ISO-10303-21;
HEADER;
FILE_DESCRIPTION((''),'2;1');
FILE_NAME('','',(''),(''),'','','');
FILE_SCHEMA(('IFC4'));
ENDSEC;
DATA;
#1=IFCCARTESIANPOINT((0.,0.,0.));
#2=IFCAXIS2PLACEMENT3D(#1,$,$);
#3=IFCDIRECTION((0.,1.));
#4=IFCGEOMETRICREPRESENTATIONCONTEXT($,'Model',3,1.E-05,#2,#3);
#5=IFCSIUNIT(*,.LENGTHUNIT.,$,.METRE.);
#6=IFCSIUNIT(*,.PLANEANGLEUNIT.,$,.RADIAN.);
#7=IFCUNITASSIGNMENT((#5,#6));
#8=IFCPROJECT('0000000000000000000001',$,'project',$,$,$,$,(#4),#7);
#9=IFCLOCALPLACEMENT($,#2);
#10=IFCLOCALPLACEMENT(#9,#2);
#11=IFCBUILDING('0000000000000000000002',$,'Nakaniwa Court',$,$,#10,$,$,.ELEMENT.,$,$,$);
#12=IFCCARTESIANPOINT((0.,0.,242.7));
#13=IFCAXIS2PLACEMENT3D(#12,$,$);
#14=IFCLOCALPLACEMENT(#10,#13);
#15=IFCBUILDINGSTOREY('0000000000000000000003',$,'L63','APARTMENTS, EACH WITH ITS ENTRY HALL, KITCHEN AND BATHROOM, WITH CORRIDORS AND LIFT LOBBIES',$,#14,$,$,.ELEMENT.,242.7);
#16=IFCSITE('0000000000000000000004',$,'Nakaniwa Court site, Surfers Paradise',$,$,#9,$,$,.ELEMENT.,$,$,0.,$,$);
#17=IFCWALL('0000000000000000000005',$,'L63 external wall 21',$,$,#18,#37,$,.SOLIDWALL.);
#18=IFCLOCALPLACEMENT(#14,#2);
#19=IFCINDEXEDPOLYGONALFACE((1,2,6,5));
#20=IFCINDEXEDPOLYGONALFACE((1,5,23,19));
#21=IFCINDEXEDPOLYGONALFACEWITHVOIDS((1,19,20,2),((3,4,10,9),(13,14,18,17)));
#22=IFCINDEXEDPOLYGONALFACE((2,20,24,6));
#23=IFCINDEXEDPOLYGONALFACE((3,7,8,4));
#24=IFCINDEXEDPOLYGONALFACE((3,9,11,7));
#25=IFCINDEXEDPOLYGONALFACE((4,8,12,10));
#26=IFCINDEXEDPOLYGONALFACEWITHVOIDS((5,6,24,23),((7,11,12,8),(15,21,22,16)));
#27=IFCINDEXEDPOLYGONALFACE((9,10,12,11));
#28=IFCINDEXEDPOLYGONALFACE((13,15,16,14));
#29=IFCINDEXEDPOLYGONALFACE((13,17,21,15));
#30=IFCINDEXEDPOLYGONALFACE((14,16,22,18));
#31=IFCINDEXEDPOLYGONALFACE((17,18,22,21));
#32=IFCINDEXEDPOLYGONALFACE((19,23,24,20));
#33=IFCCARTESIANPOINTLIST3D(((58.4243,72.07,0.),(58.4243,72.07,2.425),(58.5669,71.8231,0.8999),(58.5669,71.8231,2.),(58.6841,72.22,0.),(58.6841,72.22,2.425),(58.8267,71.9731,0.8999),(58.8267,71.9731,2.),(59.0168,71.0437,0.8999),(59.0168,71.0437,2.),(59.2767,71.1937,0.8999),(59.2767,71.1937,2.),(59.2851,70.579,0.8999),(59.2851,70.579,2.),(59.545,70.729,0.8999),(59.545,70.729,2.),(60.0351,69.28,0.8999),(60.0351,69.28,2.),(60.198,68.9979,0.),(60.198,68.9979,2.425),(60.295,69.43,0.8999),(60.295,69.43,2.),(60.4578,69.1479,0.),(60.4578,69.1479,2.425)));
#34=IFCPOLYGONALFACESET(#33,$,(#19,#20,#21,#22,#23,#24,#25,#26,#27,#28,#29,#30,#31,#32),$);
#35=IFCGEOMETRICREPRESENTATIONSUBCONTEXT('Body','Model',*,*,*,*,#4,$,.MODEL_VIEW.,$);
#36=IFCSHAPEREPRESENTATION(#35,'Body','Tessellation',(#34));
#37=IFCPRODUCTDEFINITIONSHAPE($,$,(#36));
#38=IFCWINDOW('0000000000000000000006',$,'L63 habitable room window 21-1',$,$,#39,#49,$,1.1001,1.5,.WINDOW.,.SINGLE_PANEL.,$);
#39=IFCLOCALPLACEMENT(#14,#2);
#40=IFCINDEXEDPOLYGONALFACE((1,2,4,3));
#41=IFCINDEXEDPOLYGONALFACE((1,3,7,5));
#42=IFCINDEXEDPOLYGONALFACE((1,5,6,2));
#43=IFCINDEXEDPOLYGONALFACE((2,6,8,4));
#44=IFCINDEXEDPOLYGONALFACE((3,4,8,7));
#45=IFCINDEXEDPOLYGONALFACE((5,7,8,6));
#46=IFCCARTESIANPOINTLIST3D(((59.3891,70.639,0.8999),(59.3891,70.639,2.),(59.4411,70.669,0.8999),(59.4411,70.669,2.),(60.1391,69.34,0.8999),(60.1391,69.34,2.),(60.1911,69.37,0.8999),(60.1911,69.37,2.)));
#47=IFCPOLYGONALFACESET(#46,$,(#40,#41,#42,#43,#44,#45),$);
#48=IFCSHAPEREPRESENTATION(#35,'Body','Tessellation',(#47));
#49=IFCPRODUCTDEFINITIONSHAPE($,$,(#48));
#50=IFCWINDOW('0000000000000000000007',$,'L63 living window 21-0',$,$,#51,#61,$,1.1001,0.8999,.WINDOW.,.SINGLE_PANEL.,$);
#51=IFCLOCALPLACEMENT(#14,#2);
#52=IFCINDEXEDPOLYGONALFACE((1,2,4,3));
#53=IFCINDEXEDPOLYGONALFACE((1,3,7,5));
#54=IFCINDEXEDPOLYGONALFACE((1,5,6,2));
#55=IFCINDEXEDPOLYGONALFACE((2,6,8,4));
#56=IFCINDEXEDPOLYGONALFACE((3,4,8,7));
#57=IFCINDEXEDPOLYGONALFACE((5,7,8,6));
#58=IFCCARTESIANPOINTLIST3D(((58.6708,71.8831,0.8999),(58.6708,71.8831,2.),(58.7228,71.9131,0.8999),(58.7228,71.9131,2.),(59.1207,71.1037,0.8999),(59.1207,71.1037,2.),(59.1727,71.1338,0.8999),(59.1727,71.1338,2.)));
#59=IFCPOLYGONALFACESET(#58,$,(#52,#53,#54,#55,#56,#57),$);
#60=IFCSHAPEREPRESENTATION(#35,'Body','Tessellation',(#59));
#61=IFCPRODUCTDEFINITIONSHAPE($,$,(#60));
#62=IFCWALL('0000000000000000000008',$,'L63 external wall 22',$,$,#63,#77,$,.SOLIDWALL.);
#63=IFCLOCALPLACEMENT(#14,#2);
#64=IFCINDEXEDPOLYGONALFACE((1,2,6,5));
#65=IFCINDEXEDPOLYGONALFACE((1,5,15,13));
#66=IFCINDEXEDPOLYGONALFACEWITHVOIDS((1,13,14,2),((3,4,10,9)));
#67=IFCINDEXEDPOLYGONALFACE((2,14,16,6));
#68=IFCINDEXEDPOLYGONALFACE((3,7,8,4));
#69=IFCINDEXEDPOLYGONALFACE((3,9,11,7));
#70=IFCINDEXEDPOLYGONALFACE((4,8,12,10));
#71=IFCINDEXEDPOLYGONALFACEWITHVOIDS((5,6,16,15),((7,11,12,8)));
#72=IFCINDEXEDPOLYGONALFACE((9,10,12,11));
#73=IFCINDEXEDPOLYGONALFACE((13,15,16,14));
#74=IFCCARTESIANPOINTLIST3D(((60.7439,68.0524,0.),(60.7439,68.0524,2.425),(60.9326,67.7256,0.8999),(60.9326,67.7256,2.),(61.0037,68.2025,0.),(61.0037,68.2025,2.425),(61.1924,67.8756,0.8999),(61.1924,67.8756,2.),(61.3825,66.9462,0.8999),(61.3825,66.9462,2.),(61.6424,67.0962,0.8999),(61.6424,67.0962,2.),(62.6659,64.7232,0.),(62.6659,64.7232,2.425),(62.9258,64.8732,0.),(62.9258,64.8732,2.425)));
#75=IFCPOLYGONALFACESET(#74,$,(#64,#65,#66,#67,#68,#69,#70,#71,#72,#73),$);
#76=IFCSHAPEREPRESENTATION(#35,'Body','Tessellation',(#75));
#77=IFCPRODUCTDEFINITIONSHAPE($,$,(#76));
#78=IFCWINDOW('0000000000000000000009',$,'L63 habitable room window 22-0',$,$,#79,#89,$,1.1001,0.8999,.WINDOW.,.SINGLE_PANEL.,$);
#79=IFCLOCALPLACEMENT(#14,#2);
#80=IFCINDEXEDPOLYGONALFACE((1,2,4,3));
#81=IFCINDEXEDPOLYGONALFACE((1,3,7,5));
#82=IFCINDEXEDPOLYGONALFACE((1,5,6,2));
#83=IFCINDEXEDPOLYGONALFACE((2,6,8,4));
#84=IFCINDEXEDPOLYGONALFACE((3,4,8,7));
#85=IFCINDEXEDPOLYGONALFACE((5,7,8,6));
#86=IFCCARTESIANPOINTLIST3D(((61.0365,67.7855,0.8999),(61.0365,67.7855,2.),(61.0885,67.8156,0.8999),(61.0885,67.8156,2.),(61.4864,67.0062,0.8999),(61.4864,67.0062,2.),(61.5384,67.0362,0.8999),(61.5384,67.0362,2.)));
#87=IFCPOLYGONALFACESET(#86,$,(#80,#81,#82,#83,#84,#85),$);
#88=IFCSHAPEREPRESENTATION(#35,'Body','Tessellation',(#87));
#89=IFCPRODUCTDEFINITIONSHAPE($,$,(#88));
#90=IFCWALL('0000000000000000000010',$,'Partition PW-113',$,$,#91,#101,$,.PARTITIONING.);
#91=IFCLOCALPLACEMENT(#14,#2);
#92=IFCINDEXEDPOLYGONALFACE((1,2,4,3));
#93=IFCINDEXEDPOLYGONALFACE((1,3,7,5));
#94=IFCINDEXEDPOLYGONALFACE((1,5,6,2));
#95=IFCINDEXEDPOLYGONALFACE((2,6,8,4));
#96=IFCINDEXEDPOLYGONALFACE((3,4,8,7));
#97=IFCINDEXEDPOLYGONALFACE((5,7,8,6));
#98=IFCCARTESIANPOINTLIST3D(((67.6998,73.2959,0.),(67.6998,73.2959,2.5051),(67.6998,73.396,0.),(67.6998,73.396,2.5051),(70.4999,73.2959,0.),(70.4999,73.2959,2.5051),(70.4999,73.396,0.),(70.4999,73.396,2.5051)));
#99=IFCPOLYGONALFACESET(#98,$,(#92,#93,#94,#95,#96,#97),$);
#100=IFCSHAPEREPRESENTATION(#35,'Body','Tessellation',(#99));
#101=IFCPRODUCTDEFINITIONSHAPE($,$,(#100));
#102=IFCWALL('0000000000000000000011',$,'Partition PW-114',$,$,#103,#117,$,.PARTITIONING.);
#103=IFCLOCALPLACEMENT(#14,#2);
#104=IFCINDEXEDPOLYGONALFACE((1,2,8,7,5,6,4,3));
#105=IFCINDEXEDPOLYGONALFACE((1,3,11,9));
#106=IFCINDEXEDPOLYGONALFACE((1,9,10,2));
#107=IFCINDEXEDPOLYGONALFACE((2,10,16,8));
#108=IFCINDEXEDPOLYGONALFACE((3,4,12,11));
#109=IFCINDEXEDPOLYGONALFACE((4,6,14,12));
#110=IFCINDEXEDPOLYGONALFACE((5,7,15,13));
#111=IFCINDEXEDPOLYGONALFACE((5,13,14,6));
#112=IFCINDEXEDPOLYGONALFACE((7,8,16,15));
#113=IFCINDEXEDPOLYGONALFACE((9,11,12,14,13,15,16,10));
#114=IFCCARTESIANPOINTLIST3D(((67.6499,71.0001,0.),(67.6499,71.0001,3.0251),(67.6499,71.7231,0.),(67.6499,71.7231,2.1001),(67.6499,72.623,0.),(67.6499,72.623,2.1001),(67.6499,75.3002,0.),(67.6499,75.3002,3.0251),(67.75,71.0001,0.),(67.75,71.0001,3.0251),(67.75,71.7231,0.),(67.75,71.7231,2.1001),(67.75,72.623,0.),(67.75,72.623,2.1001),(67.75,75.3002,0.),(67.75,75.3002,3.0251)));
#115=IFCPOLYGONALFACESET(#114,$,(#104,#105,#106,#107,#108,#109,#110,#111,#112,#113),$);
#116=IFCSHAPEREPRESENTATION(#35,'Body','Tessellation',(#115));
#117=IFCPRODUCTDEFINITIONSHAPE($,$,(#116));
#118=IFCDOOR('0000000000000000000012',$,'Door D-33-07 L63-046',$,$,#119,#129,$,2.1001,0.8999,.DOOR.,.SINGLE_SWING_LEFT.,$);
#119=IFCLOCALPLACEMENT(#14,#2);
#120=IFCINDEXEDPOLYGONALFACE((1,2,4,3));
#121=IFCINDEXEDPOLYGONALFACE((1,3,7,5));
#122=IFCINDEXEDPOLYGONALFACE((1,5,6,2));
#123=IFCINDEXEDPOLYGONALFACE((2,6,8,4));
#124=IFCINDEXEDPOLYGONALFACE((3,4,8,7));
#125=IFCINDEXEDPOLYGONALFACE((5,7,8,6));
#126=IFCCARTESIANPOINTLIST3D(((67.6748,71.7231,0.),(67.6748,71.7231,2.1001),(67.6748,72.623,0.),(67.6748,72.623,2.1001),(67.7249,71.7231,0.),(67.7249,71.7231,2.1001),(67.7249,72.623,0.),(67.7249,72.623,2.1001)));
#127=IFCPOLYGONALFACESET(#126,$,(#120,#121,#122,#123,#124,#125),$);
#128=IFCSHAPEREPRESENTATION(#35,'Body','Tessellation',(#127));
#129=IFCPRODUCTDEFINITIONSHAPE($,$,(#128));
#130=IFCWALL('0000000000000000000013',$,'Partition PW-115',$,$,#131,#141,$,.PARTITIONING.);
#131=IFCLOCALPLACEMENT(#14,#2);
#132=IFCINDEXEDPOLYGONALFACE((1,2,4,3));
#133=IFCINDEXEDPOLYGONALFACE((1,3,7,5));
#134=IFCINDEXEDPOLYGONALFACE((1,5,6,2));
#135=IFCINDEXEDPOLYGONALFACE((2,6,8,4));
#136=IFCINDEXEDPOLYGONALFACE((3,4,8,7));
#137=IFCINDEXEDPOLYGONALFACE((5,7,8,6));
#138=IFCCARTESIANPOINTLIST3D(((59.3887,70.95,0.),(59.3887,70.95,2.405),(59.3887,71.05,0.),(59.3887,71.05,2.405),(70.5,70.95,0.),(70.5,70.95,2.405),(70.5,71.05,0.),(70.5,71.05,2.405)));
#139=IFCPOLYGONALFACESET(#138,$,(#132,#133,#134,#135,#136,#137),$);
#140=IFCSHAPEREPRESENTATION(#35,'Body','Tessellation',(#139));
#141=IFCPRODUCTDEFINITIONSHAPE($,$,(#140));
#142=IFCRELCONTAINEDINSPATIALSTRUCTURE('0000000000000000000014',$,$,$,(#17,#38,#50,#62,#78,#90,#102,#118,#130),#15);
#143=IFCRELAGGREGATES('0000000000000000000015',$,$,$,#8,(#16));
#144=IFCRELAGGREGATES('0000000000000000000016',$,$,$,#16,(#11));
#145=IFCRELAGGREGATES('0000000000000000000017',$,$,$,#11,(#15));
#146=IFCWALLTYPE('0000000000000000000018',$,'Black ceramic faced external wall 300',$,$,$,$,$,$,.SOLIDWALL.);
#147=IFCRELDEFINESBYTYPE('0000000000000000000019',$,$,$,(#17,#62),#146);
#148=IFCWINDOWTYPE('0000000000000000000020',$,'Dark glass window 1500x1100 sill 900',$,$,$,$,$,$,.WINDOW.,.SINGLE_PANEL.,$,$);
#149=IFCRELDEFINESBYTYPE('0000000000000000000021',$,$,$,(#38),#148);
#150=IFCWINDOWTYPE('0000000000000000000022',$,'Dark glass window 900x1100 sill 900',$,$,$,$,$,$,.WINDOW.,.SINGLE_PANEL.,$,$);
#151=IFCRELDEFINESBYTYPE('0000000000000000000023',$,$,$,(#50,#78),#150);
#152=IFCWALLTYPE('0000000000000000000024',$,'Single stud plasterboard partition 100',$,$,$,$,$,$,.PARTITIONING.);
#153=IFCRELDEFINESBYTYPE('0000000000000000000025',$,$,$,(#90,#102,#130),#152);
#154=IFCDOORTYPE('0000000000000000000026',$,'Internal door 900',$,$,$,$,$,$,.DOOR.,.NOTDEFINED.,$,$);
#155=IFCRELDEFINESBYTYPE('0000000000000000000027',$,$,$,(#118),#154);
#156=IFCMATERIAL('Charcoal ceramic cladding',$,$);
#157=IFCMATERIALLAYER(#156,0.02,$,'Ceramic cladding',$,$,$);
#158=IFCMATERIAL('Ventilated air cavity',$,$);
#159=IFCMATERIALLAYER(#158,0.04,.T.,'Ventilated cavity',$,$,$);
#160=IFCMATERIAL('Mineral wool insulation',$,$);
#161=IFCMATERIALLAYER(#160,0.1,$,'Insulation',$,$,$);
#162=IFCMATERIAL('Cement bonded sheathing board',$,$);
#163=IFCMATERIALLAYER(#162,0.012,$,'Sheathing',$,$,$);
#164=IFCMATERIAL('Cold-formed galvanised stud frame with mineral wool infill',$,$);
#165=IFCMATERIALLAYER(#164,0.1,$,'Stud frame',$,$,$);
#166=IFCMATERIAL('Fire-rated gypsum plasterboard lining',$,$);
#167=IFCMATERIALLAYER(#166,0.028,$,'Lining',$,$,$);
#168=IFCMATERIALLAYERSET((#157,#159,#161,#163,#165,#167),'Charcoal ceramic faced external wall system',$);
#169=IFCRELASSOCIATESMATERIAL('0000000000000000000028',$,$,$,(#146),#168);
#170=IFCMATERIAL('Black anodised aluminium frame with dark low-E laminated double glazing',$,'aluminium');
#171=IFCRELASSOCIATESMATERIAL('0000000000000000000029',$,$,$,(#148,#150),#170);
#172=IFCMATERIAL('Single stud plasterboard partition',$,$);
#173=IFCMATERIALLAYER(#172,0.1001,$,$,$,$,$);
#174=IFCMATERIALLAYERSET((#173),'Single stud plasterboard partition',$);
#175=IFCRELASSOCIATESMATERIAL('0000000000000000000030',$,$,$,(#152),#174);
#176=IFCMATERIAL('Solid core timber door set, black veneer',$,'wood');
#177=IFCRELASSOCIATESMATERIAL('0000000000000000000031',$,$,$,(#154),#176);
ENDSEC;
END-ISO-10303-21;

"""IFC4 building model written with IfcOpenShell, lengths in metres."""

from ifc_helpers import new_model, si_unit, direction, frame, frame_2d, origin, place, context, subcontext, project, spatial, rectangle, extrude, material, layer, layer_set, type_object, element, fill, save


model = new_model("IFC4")

# Units and contexts
model_context = context("Model", 3, precision=1e-05, world=origin(), true_north=direction((0.0, 1.0)))
body_context = subcontext(model_context, "Body", "Model", "MODEL_VIEW")
ifc_project = project(units=[si_unit("LENGTHUNIT", "METRE"), si_unit("PLANEANGLEUNIT", "RADIAN")], contexts=[model_context])

# Site, building, storey
site_placement = place(None, origin())
site = spatial("IfcSite", under=ifc_project, at=site_placement, Name="Nakaniwa Court site, Surfers Paradise", CompositionType="ELEMENT", RefElevation=0.0)
building_placement = place(site_placement, origin())
building = spatial("IfcBuilding", under=site, at=building_placement, Name="Nakaniwa Court", CompositionType="ELEMENT")
storey_placement = place(building_placement, frame((0.0, 0.0, 242.7)))
storey = spatial("IfcBuildingStorey", under=building, at=storey_placement, Name="L63", Description="APARTMENTS, EACH WITH ITS ENTRY HALL, KITCHEN AND BATHROOM, WITH CORRIDORS AND LIFT LOBBIES", CompositionType="ELEMENT", Elevation=242.7)

# Shared definitions
ifc_material_1 = material(Name="Charcoal ceramic cladding")
ifc_layer_1 = layer(ifc_material_1, 0.02, Name="Ceramic cladding")
ifc_material_2 = material(Name="Ventilated air cavity")
ifc_layer_2 = layer(ifc_material_2, 0.04, ventilated=True, Name="Ventilated cavity")
ifc_material_3 = material(Name="Mineral wool insulation")
ifc_layer_3 = layer(ifc_material_3, 0.1, Name="Insulation")
ifc_material_4 = material(Name="Cement bonded sheathing board")
ifc_layer_4 = layer(ifc_material_4, 0.012, Name="Sheathing")
ifc_material_5 = material(Name="Cold-formed galvanised stud frame with mineral wool infill")
ifc_layer_5 = layer(ifc_material_5, 0.1, Name="Stud frame")
ifc_material_6 = material(Name="Fire-rated gypsum plasterboard lining")
ifc_layer_6 = layer(ifc_material_6, 0.028, Name="Lining")
ifc_layer_set_1 = layer_set([ifc_layer_1, ifc_layer_2, ifc_layer_3, ifc_layer_4, ifc_layer_5, ifc_layer_6], Name="Charcoal ceramic faced external wall system")
wall_type_1 = type_object("IfcWallType", Name="Black ceramic faced external wall 300", PredefinedType="SOLIDWALL", material=ifc_layer_set_1)

# Shared definitions
ifc_material_7 = material(Name="Black anodised aluminium frame with dark low-E laminated double glazing", Category="aluminium")

# Wall, openings, windows
wall_1_placement = place(storey_placement, frame((58.5542, 72.145, 0.0), z_axis=(0.0, 0.0, 1.0), x_axis=(0.50001, -0.866019, 0.0)))
wall_1 = element("IfcWall", 1, at=wall_1_placement, inside=storey, type_object=wall_type_1, Name="L63 external wall 21", PredefinedType="SOLIDWALL", context=body_context, shape_type="SweptSolid", body=[
    extrude(rectangle(XDim=3.5474, YDim=0.3, at=frame_2d((1.7737, 0.0))), origin(), (0.0, 0.0, 1.0), 2.425),
])
opening_1_placement = place(wall_1_placement, frame((0.2852, 0.0, 0.8999)))
opening_1 = element("IfcOpeningElement", 2, at=opening_1_placement, cuts=wall_1, PredefinedType="OPENING", context=body_context, shape_type="SweptSolid", body=[
    extrude(rectangle(XDim=0.8999, YDim=1.1001, at=frame_2d((0.45, 0.55))), frame((0.0, 0.1599, 0.0), z_axis=(0.0, -1.0, 0.0), x_axis=(1.0, 0.0, 0.0)), (0.0, 0.0, 1.0), 0.3201),
])
opening_2_placement = place(wall_1_placement, frame((1.7217, 0.0, 0.8999)))
opening_2 = element("IfcOpeningElement", 3, at=opening_2_placement, cuts=wall_1, PredefinedType="OPENING", context=body_context, shape_type="SweptSolid", body=[
    extrude(rectangle(XDim=1.5, YDim=1.1001, at=frame_2d((0.75, 0.55))), frame((0.0, 0.1599, 0.0), z_axis=(0.0, -1.0, 0.0), x_axis=(1.0, 0.0, 0.0)), (0.0, 0.0, 1.0), 0.3201),
])
window_type_1 = type_object("IfcWindowType", Name="Dark glass window 1500x1100 sill 900", PartitioningType="SINGLE_PANEL", PredefinedType="WINDOW", material=ifc_material_7)
window_1_placement = place(opening_2_placement, origin())
window_1 = element("IfcWindow", 4, at=window_1_placement, inside=storey, type_object=window_type_1, Name="L63 habitable room window 21-1", OverallHeight=1.1001, OverallWidth=1.5, PartitioningType="SINGLE_PANEL", PredefinedType="WINDOW", context=body_context, shape_type="SweptSolid", body=[
    extrude(rectangle(XDim=1.5, YDim=1.1001, at=frame_2d((0.75, 0.55))), frame((0.0, 0.03, 0.0), z_axis=(0.0, -1.0, 0.0), x_axis=(1.0, 0.0, 0.0)), (0.0, 0.0, 1.0), 0.0601),
])
fill(opening_2, window_1)
window_type_2 = type_object("IfcWindowType", Name="Dark glass window 900x1100 sill 900", PartitioningType="SINGLE_PANEL", PredefinedType="WINDOW", material=ifc_material_7)
window_2_placement = place(opening_1_placement, origin())
window_2 = element("IfcWindow", 5, at=window_2_placement, inside=storey, type_object=window_type_2, Name="L63 living window 21-0", OverallHeight=1.1001, OverallWidth=0.8999, PartitioningType="SINGLE_PANEL", PredefinedType="WINDOW", context=body_context, shape_type="SweptSolid", body=[
    extrude(rectangle(XDim=0.8999, YDim=1.1001, at=frame_2d((0.45, 0.55))), frame((0.0, 0.03, 0.0), z_axis=(0.0, -1.0, 0.0), x_axis=(1.0, 0.0, 0.0)), (0.0, 0.0, 1.0), 0.0601),
])
fill(opening_1, window_2)

# Wall, opening, window
wall_2_placement = place(storey_placement, frame((60.8738, 68.1274, 0.0), z_axis=(0.0, 0.0, 1.0), x_axis=(0.499984, -0.866034, 0.0)))
wall_2 = element("IfcWall", 6, at=wall_2_placement, inside=storey, type_object=wall_type_1, Name="L63 external wall 22", PredefinedType="SOLIDWALL", context=body_context, shape_type="SweptSolid", body=[
    extrude(rectangle(XDim=3.8442, YDim=0.3, at=frame_2d((1.9221, 0.0))), origin(), (0.0, 0.0, 1.0), 2.425),
])
opening_3_placement = place(wall_2_placement, frame((0.3774, 0.0, 0.8999)))
opening_3 = element("IfcOpeningElement", 7, at=opening_3_placement, cuts=wall_2, PredefinedType="OPENING", context=body_context, shape_type="SweptSolid", body=[
    extrude(rectangle(XDim=0.8999, YDim=1.1001, at=frame_2d((0.45, 0.55))), frame((0.0, 0.1599, 0.0), z_axis=(0.0, -1.0, 0.0), x_axis=(1.0, 0.0, 0.0)), (0.0, 0.0, 1.0), 0.3201),
])
window_3_placement = place(opening_3_placement, origin())
window_3 = element("IfcWindow", 8, at=window_3_placement, inside=storey, type_object=window_type_2, Name="L63 habitable room window 22-0", OverallHeight=1.1001, OverallWidth=0.8999, PartitioningType="SINGLE_PANEL", PredefinedType="WINDOW", context=body_context, shape_type="SweptSolid", body=[
    extrude(rectangle(XDim=0.8999, YDim=1.1001, at=frame_2d((0.45, 0.55))), frame((0.0, 0.03, 0.0), z_axis=(0.0, -1.0, 0.0), x_axis=(1.0, 0.0, 0.0)), (0.0, 0.0, 1.0), 0.0601),
])
fill(opening_3, window_3)

# Wall
ifc_material_8 = material(Name="Single stud plasterboard partition")
ifc_layer_7 = layer(ifc_material_8, 0.1001)
ifc_layer_set_2 = layer_set([ifc_layer_7], Name="Single stud plasterboard partition")
wall_type_2 = type_object("IfcWallType", Name="Single stud plasterboard partition 100", PredefinedType="PARTITIONING", material=ifc_layer_set_2)
wall_3_placement = place(storey_placement, frame((67.7, 73.3459, 0.0), z_axis=(0.0, 0.0, 1.0), x_axis=(1.0, 0.0, 0.0)))
element("IfcWall", 9, at=wall_3_placement, inside=storey, type_object=wall_type_2, Name="Partition PW-113", PredefinedType="PARTITIONING", context=body_context, shape_type="SweptSolid", body=[
    extrude(rectangle(XDim=2.8, YDim=0.1001, at=frame_2d((1.3999, 0.0))), origin(), (0.0, 0.0, 1.0), 2.5051),
])

# Wall, opening, door
wall_4_placement = place(storey_placement, frame((67.7, 75.3, 0.0), z_axis=(0.0, 0.0, 1.0), x_axis=(0.0, -1.0, 0.0)))
wall_4 = element("IfcWall", 10, at=wall_4_placement, inside=storey, type_object=wall_type_2, Name="Partition PW-114", PredefinedType="PARTITIONING", context=body_context, shape_type="SweptSolid", body=[
    extrude(rectangle(XDim=4.3, YDim=0.1001, at=frame_2d((2.1499, 0.0))), origin(), (0.0, 0.0, 1.0), 3.0251),
])
opening_4_placement = place(wall_4_placement, frame((2.677, 0.0, 0.0)))
opening_4 = element("IfcOpeningElement", 11, at=opening_4_placement, cuts=wall_4, PredefinedType="OPENING", context=body_context, shape_type="SweptSolid", body=[
    extrude(rectangle(XDim=0.8999, YDim=2.1001, at=frame_2d((0.45, 1.05))), frame((0.0, 0.0601, 0.0), z_axis=(0.0, -1.0, 0.0), x_axis=(1.0, 0.0, 0.0)), (0.0, 0.0, 1.0), 0.1201),
])
ifc_material_9 = material(Name="Solid core timber door set, black veneer", Category="wood")
door_type = type_object("IfcDoorType", Name="Internal door 900", OperationType="NOTDEFINED", PredefinedType="DOOR", material=ifc_material_9)
door_1_placement = place(opening_4_placement, origin())
door_1 = element("IfcDoor", 12, at=door_1_placement, inside=storey, type_object=door_type, Name="Door D-33-07 L63-046", OperationType="SINGLE_SWING_LEFT", OverallHeight=2.1001, OverallWidth=0.8999, PredefinedType="DOOR", context=body_context, shape_type="SweptSolid", body=[
    extrude(rectangle(XDim=0.8999, YDim=2.1001, at=frame_2d((0.45, 1.05))), frame((0.0, 0.0249, 0.0), z_axis=(0.0, -1.0, 0.0), x_axis=(1.0, 0.0, 0.0)), (0.0, 0.0, 1.0), 0.05),
])
fill(opening_4, door_1)

# Wall
wall_5_placement = place(storey_placement, frame((59.3887, 71.0, 0.0), z_axis=(0.0, 0.0, 1.0), x_axis=(1.0, 0.0, 0.0)))
element("IfcWall", 13, at=wall_5_placement, inside=storey, type_object=wall_type_2, Name="Partition PW-115", PredefinedType="PARTITIONING", context=body_context, shape_type="SweptSolid", body=[
    extrude(rectangle(XDim=11.1113, YDim=0.1001, at=frame_2d((5.5557, 0.0))), origin(), (0.0, 0.0, 1.0), 2.405),
])

save(model, "model.ifc")
